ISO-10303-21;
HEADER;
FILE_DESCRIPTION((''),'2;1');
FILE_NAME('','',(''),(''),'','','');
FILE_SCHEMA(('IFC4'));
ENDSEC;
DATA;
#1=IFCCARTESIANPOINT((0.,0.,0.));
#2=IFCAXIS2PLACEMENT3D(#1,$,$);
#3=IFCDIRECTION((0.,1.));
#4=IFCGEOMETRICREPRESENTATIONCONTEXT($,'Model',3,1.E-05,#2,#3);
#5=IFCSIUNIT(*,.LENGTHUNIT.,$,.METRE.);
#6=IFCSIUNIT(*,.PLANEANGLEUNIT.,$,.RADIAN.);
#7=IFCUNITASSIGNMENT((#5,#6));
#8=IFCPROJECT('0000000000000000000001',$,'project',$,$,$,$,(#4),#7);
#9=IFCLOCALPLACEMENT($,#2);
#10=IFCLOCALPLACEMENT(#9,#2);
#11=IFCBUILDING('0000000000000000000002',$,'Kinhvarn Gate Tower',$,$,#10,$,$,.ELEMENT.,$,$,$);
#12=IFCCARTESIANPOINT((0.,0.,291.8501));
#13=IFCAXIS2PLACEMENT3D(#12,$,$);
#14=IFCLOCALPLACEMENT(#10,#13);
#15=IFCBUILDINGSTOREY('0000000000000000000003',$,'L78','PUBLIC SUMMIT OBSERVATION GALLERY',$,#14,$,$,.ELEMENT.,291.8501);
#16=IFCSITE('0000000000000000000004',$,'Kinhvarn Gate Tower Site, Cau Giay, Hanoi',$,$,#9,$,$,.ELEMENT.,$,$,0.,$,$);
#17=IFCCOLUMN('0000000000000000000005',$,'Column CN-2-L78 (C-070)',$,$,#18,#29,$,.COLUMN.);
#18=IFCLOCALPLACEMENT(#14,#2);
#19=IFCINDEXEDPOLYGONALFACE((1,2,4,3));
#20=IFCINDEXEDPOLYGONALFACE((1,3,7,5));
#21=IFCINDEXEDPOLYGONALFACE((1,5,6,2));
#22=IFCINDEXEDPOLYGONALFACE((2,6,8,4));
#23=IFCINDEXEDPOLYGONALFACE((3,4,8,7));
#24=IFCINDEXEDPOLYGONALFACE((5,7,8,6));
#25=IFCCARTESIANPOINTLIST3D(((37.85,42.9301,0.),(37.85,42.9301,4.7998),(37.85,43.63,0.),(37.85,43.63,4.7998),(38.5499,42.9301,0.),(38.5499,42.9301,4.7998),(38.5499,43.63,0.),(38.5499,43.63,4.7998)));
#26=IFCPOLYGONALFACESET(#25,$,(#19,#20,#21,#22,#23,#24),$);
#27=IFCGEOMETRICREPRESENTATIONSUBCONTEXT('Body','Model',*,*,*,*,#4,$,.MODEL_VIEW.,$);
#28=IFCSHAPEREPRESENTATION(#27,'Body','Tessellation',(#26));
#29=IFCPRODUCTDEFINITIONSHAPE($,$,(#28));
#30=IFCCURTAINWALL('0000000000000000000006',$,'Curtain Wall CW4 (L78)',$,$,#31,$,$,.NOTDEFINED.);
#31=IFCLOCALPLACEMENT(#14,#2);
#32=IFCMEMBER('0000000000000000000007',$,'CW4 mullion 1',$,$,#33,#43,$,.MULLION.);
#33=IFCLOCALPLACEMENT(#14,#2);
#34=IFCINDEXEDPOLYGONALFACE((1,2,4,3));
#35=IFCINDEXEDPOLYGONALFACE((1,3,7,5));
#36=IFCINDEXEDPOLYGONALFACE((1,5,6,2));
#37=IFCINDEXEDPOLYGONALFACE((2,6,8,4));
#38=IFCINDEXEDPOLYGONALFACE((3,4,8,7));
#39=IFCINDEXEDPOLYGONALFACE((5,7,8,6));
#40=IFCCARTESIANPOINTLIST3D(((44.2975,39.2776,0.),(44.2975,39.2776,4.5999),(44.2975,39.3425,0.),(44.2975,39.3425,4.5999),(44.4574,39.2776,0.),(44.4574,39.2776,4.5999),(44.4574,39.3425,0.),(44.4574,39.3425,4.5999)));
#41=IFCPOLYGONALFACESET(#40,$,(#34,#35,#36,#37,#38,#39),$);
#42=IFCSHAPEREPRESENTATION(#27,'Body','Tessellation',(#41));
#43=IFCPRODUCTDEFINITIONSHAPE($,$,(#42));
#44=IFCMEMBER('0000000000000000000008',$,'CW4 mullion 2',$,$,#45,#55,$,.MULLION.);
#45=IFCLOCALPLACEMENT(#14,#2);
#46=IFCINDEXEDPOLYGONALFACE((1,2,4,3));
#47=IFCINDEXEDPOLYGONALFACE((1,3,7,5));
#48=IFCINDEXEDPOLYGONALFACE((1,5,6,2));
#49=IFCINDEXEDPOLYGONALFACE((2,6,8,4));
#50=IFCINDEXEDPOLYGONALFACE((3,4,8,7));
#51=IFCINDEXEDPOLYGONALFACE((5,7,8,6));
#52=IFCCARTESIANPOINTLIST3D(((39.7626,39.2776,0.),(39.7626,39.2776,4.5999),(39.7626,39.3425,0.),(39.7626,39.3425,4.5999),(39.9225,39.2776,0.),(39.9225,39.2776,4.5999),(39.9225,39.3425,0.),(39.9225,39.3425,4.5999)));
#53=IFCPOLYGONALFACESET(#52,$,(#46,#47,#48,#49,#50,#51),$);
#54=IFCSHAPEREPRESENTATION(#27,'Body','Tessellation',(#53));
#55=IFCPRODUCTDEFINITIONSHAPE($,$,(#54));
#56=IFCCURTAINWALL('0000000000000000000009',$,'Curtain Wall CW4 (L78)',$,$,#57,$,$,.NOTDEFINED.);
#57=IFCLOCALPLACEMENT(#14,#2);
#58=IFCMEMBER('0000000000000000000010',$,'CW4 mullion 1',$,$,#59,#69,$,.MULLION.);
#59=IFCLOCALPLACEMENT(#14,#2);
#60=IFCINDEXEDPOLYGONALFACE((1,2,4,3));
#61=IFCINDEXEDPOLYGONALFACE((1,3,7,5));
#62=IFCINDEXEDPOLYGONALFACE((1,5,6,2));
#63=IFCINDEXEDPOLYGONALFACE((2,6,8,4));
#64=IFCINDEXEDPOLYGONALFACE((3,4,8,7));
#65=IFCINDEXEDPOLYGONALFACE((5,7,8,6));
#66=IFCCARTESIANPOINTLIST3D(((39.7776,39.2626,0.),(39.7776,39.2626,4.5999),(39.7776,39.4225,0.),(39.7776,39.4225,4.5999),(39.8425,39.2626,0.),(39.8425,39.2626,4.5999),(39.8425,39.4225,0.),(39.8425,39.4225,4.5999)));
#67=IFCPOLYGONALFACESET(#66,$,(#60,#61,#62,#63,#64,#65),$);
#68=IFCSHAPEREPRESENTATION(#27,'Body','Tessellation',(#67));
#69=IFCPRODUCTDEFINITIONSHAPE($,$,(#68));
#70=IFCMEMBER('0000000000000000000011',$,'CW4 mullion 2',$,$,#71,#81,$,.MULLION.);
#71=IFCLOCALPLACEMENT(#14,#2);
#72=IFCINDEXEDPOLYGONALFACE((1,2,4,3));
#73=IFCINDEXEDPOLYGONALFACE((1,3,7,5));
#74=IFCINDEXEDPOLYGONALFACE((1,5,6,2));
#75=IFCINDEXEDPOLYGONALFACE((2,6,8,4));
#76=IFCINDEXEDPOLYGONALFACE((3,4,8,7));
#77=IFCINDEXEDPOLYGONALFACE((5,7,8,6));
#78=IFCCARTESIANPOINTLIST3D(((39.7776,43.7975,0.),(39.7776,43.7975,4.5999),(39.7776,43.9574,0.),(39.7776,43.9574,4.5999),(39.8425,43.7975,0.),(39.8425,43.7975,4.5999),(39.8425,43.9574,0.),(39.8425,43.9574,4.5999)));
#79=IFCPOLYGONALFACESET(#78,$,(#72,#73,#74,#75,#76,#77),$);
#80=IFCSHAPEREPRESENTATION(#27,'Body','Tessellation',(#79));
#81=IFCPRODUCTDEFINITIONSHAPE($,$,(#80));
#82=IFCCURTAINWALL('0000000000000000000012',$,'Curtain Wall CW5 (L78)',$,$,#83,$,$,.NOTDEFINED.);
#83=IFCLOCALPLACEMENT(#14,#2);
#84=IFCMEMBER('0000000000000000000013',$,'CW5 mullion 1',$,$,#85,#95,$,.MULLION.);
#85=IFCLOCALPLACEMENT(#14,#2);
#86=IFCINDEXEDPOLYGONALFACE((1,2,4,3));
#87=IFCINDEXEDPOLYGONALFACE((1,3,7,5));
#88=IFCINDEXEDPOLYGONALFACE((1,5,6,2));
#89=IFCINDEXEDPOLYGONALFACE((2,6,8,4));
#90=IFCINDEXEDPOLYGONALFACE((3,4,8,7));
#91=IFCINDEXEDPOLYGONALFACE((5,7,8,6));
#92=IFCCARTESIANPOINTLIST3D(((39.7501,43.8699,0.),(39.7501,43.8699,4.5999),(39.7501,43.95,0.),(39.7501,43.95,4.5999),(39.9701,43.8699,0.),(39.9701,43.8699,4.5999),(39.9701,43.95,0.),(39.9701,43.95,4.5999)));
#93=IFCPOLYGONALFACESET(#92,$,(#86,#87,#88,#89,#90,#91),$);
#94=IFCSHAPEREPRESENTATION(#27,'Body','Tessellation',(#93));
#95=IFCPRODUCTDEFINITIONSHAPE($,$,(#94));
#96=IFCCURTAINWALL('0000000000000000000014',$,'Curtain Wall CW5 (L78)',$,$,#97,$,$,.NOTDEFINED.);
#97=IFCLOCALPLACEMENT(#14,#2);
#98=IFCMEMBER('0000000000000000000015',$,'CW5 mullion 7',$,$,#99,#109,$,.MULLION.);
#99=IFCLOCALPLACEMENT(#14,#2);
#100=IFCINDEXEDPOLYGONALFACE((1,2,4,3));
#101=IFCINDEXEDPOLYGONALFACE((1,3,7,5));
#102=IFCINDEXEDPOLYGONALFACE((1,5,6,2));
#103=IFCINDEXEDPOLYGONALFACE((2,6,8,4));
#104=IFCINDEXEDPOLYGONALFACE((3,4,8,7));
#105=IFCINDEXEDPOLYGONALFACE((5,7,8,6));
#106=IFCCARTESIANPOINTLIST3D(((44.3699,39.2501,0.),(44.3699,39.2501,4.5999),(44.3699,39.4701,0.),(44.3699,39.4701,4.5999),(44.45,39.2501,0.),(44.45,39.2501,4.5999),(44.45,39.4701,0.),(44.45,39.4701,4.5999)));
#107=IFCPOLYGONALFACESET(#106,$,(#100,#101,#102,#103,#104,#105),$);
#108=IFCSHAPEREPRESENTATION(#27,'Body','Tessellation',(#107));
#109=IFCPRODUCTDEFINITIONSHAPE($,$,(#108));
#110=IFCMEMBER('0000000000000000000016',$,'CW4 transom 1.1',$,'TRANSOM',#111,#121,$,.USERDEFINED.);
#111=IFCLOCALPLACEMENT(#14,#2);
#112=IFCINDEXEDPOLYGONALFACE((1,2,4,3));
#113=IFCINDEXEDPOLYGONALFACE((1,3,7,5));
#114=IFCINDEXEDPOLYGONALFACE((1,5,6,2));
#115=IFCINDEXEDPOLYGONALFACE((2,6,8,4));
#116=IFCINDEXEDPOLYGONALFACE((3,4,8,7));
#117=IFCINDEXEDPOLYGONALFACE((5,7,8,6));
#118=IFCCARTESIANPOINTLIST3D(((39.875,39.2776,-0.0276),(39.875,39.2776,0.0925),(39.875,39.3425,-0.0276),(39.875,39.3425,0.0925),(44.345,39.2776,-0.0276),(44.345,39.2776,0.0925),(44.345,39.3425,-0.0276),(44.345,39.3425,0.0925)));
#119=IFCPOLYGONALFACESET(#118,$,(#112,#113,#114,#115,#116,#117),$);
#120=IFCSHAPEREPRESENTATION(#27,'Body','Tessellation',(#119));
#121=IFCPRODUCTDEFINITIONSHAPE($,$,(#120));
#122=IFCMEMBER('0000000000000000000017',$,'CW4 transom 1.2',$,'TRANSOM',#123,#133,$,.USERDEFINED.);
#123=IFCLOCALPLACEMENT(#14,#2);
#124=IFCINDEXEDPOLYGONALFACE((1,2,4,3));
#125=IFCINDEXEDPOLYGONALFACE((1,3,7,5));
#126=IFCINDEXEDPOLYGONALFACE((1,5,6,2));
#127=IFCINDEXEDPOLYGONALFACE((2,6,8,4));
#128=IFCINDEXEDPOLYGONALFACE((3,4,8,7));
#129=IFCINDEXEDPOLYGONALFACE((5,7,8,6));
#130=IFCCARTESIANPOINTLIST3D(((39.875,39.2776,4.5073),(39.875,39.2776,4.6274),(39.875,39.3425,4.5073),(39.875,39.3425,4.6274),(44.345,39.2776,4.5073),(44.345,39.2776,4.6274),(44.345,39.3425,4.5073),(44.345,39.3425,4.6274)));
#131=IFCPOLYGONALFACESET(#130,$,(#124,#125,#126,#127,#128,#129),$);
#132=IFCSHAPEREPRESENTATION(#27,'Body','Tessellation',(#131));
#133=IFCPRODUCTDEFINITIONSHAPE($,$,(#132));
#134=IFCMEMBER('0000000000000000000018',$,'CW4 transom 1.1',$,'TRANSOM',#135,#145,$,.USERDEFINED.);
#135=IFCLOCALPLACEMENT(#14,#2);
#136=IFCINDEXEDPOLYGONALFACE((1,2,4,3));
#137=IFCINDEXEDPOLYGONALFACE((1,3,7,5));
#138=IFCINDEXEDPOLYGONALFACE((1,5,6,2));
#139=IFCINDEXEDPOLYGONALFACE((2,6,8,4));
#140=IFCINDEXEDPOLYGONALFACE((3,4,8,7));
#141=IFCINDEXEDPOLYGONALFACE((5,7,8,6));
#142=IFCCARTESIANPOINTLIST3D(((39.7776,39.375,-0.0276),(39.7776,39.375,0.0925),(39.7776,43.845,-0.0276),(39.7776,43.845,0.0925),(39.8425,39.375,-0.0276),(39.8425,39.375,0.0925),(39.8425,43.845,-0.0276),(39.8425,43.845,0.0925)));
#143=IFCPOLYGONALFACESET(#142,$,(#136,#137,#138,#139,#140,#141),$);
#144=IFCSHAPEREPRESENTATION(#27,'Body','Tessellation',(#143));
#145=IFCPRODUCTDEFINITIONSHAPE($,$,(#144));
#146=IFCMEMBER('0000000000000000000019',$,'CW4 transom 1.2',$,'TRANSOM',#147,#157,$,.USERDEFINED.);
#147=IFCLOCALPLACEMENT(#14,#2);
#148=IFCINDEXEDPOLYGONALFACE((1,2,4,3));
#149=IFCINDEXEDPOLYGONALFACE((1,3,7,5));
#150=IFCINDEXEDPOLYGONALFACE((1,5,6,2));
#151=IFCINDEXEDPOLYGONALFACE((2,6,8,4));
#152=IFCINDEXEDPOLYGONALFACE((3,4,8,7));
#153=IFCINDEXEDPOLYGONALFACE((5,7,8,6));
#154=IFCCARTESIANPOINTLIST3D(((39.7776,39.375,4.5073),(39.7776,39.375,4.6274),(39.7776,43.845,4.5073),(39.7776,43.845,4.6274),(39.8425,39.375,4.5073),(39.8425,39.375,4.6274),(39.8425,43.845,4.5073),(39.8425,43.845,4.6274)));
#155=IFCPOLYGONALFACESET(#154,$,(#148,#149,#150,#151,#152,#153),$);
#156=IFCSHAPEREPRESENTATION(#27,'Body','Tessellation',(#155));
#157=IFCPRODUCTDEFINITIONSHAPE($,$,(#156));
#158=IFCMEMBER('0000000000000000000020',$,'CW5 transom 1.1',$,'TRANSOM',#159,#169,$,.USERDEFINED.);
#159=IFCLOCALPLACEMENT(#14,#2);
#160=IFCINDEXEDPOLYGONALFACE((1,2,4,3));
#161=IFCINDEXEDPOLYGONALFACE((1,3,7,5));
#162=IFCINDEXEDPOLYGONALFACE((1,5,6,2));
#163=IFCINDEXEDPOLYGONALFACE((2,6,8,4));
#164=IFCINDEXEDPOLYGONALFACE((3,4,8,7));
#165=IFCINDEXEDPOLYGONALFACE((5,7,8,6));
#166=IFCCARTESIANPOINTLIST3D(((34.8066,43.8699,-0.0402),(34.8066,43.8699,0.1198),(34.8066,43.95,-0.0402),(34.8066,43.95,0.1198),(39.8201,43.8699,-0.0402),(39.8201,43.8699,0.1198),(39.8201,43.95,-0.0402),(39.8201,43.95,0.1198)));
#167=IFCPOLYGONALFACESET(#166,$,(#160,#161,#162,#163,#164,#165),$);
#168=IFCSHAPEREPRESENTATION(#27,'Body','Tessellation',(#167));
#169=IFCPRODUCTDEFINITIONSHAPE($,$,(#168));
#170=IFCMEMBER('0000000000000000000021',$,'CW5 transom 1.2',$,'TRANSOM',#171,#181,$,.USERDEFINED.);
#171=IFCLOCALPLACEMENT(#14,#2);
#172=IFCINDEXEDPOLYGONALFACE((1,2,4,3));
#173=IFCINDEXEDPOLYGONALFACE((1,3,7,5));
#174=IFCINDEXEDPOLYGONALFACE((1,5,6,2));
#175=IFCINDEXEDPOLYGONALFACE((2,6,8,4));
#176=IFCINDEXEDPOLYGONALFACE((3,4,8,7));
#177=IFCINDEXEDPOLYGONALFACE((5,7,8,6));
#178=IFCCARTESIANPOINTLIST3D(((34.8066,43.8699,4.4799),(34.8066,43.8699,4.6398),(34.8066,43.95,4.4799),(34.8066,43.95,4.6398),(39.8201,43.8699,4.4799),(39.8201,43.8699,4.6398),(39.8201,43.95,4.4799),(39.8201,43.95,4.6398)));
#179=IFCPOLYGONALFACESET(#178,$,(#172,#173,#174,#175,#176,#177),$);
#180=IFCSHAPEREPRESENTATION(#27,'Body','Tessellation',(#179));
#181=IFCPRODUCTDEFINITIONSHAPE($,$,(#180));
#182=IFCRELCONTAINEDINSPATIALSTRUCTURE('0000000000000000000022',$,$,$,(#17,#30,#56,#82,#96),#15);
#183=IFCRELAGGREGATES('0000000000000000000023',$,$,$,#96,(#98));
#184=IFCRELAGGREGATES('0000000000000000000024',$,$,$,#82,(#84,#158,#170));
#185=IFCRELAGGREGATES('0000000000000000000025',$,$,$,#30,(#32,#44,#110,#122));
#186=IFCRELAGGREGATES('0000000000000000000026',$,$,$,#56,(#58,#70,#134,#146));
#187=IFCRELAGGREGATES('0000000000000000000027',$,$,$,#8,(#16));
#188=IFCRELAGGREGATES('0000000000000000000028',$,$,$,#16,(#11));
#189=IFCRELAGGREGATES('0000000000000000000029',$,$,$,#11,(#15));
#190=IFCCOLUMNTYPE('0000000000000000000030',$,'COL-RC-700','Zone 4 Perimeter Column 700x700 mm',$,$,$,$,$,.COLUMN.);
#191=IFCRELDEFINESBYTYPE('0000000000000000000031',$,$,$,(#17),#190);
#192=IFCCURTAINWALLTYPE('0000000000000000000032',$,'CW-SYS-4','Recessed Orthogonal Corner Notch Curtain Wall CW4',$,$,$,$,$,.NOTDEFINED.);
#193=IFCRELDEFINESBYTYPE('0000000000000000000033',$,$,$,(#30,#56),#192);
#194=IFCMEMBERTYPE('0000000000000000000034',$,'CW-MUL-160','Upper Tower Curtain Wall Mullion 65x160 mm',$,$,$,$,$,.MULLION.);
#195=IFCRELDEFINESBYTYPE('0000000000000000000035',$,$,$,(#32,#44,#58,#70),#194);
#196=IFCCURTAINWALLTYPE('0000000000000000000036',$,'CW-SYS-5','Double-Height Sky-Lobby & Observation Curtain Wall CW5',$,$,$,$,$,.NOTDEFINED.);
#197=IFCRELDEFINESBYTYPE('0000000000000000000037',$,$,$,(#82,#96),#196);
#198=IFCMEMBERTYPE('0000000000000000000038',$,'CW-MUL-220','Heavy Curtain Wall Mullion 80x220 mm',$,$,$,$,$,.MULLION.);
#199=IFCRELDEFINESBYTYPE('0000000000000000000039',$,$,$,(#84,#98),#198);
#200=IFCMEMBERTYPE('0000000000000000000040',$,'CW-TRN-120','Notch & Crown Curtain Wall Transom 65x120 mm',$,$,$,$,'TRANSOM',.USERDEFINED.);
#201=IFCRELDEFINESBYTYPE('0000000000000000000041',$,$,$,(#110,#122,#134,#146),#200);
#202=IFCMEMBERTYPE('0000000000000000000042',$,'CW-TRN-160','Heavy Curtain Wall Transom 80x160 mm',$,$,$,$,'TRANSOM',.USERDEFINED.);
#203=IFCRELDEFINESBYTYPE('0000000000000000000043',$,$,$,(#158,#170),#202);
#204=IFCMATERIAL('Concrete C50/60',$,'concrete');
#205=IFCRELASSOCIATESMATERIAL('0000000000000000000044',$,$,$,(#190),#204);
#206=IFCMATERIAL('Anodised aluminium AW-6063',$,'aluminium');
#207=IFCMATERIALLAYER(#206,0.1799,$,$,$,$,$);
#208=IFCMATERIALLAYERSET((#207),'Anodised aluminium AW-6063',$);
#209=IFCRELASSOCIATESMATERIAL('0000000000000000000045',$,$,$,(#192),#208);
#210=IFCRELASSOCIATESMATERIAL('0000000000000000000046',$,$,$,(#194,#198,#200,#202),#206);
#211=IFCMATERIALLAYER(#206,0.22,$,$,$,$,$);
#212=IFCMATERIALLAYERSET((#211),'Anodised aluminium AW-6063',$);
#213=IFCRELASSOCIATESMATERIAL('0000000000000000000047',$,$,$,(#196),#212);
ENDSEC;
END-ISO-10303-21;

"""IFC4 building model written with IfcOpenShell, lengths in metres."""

from ifc_helpers import new_model, si_unit, direction, frame, origin, origin_2d, place, context, subcontext, project, spatial, rectangle, extrude, material, layer, layer_set, material_profile, profile_set, type_object, element, aggregate, save


model = new_model("IFC4")

# Units and contexts
model_context = context("Model", 3, precision=1e-05, world=origin(), true_north=direction((0.0, 1.0)))
body_context = subcontext(model_context, "Body", "Model", "MODEL_VIEW")
ifc_project = project(units=[si_unit("LENGTHUNIT", "METRE"), si_unit("PLANEANGLEUNIT", "RADIAN")], contexts=[model_context])

# Site, building, storey
site_placement = place(None, origin())
site = spatial("IfcSite", under=ifc_project, at=site_placement, Name="Kinhvarn Gate Tower Site, Cau Giay, Hanoi", CompositionType="ELEMENT", RefElevation=0.0)
building_placement = place(site_placement, origin())
building = spatial("IfcBuilding", under=site, at=building_placement, Name="Kinhvarn Gate Tower", CompositionType="ELEMENT")
storey_placement = place(building_placement, frame((0.0, 0.0, 291.8501)))
storey = spatial("IfcBuildingStorey", under=building, at=storey_placement, Name="L78", Description="PUBLIC SUMMIT OBSERVATION GALLERY", CompositionType="ELEMENT", Elevation=291.8501)

# Column
ifc_material_1 = material(Name="Concrete C50/60", Category="concrete")
ifc_material_profile_1 = material_profile(ifc_material_1, rectangle(XDim=0.7, YDim=0.7, at=origin_2d()), Name="RC 700x700")
ifc_profile_set_1 = profile_set([ifc_material_profile_1], Name="Concrete C50/60")
column_type = type_object("IfcColumnType", Name="COL-RC-700", Description="Zone 4 Perimeter Column 700x700 mm", PredefinedType="COLUMN", material=ifc_profile_set_1)
column_placement = place(storey_placement, frame((38.2, 43.28, 0.0), z_axis=(0.0, 0.0, 1.0), x_axis=(1.0, 0.0, 0.0)))
element("IfcColumn", 1, at=column_placement, inside=storey, type_object=column_type, Name="Column CN-2-L78 (C-070)", PredefinedType="COLUMN", context=body_context, shape_type="SweptSolid", body=[
    extrude(rectangle(XDim=0.7, YDim=0.7, at=origin_2d()), origin(), (0.0, 0.0, 1.0), 4.7998),
])

# Curtain walls, members
ifc_material_2 = material(Name="Anodised aluminium AW-6063", Category="aluminium")
ifc_layer_1 = layer(ifc_material_2, 0.1799)
ifc_layer_set_1 = layer_set([ifc_layer_1], Name="Anodised aluminium AW-6063")
curtain_wall_type_1 = type_object("IfcCurtainWallType", Name="CW-SYS-4", Description="Recessed Orthogonal Corner Notch Curtain Wall CW4", PredefinedType="NOTDEFINED", material=ifc_layer_set_1)
curtain_wall_1_placement = place(storey_placement, origin())
curtain_wall_1 = element("IfcCurtainWall", 2, at=curtain_wall_1_placement, inside=storey, type_object=curtain_wall_type_1, Name="Curtain Wall CW4 (L78)", PredefinedType="NOTDEFINED")
ifc_material_profile_2 = material_profile(ifc_material_2, rectangle(XDim=0.0649, YDim=0.1599, at=origin_2d()), Name="ALU 65x160")
ifc_profile_set_2 = profile_set([ifc_material_profile_2], Name="Anodised aluminium AW-6063")
member_type_1 = type_object("IfcMemberType", Name="CW-MUL-160", Description="Upper Tower Curtain Wall Mullion 65x160 mm", PredefinedType="MULLION", material=ifc_profile_set_2)
member_1_placement = place(storey_placement, frame((44.3774, 39.3101, 0.0), z_axis=(0.0, 0.0, 1.0), x_axis=(0.0, -1.0, 0.0)))
member_1 = element("IfcMember", 3, at=member_1_placement, type_object=member_type_1, Name="CW4 mullion 1", PredefinedType="MULLION", context=body_context, shape_type="SweptSolid", body=[
    extrude(rectangle(XDim=0.0649, YDim=0.1599, at=origin_2d()), origin(), (0.0, 0.0, 1.0), 4.5999),
])
member_2_placement = place(storey_placement, frame((39.8425, 39.3101, 0.0), z_axis=(0.0, 0.0, 1.0), x_axis=(0.0, -1.0, 0.0)))
member_2 = element("IfcMember", 4, at=member_2_placement, type_object=member_type_1, Name="CW4 mullion 2", PredefinedType="MULLION", context=body_context, shape_type="SweptSolid", body=[
    extrude(rectangle(XDim=0.0649, YDim=0.1599, at=origin_2d()), origin(), (0.0, 0.0, 1.0), 4.5999),
])
curtain_wall_2_placement = place(storey_placement, origin())
curtain_wall_2 = element("IfcCurtainWall", 5, at=curtain_wall_2_placement, inside=storey, type_object=curtain_wall_type_1, Name="Curtain Wall CW4 (L78)", PredefinedType="NOTDEFINED")
member_3_placement = place(storey_placement, frame((39.8101, 39.3425, 0.0), z_axis=(0.0, 0.0, 1.0), x_axis=(-1.0, 0.0, 0.0)))
member_3 = element("IfcMember", 6, at=member_3_placement, type_object=member_type_1, Name="CW4 mullion 1", PredefinedType="MULLION", context=body_context, shape_type="SweptSolid", body=[
    extrude(rectangle(XDim=0.0649, YDim=0.1599, at=origin_2d()), origin(), (0.0, 0.0, 1.0), 4.5999),
])
member_4_placement = place(storey_placement, frame((39.8101, 43.8774, 0.0), z_axis=(0.0, 0.0, 1.0), x_axis=(-1.0, 0.0, 0.0)))
member_4 = element("IfcMember", 7, at=member_4_placement, type_object=member_type_1, Name="CW4 mullion 2", PredefinedType="MULLION", context=body_context, shape_type="SweptSolid", body=[
    extrude(rectangle(XDim=0.0649, YDim=0.1599, at=origin_2d()), origin(), (0.0, 0.0, 1.0), 4.5999),
])

# Curtain walls, members
ifc_layer_2 = layer(ifc_material_2, 0.22)
ifc_layer_set_2 = layer_set([ifc_layer_2], Name="Anodised aluminium AW-6063")
curtain_wall_type_2 = type_object("IfcCurtainWallType", Name="CW-SYS-5", Description="Double-Height Sky-Lobby & Observation Curtain Wall CW5", PredefinedType="NOTDEFINED", material=ifc_layer_set_2)
curtain_wall_3_placement = place(storey_placement, origin())
curtain_wall_3 = element("IfcCurtainWall", 8, at=curtain_wall_3_placement, inside=storey, type_object=curtain_wall_type_2, Name="Curtain Wall CW5 (L78)", PredefinedType="NOTDEFINED")
ifc_material_profile_3 = material_profile(ifc_material_2, rectangle(XDim=0.0801, YDim=0.22, at=origin_2d()), Name="ALU 80x220")
ifc_profile_set_3 = profile_set([ifc_material_profile_3], Name="Anodised aluminium AW-6063")
member_type_2 = type_object("IfcMemberType", Name="CW-MUL-220", Description="Heavy Curtain Wall Mullion 80x220 mm", PredefinedType="MULLION", material=ifc_profile_set_3)
member_5_placement = place(storey_placement, frame((39.8601, 43.9099, 0.0), z_axis=(0.0, 0.0, 1.0), x_axis=(0.0, -1.0, 0.0)))
member_5 = element("IfcMember", 9, at=member_5_placement, type_object=member_type_2, Name="CW5 mullion 1", PredefinedType="MULLION", context=body_context, shape_type="SweptSolid", body=[
    extrude(rectangle(XDim=0.0801, YDim=0.22, at=origin_2d()), origin(), (0.0, 0.0, 1.0), 4.5999),
])
curtain_wall_4_placement = place(storey_placement, origin())
curtain_wall_4 = element("IfcCurtainWall", 10, at=curtain_wall_4_placement, inside=storey, type_object=curtain_wall_type_2, Name="Curtain Wall CW5 (L78)", PredefinedType="NOTDEFINED")
member_6_placement = place(storey_placement, frame((44.4099, 39.3601, 0.0), z_axis=(0.0, 0.0, 1.0), x_axis=(-1.0, 0.0, 0.0)))
member_6 = element("IfcMember", 11, at=member_6_placement, type_object=member_type_2, Name="CW5 mullion 7", PredefinedType="MULLION", context=body_context, shape_type="SweptSolid", body=[
    extrude(rectangle(XDim=0.0801, YDim=0.22, at=origin_2d()), origin(), (0.0, 0.0, 1.0), 4.5999),
])
aggregate(curtain_wall_4, [member_6])

# Members
ifc_material_profile_4 = material_profile(ifc_material_2, rectangle(XDim=0.0649, YDim=0.1201, at=origin_2d()), Name="ALU 65x120")
ifc_profile_set_4 = profile_set([ifc_material_profile_4], Name="Anodised aluminium AW-6063")
member_type_3 = type_object("IfcMemberType", Name="CW-TRN-120", Description="Notch & Crown Curtain Wall Transom 65x120 mm", ElementType="TRANSOM", PredefinedType="USERDEFINED", material=ifc_profile_set_4)
member_7_placement = place(storey_placement, frame((44.345, 39.3101, 0.0325), z_axis=(-1.0, 0.0, 0.0), x_axis=(0.0, -1.0, 0.0)))
member_7 = element("IfcMember", 12, at=member_7_placement, type_object=member_type_3, Name="CW4 transom 1.1", ObjectType="TRANSOM", PredefinedType="USERDEFINED", context=body_context, shape_type="SweptSolid", body=[
    extrude(rectangle(XDim=0.0649, YDim=0.1201, at=origin_2d()), origin(), (0.0, 0.0, 1.0), 4.47),
])
member_8_placement = place(storey_placement, frame((44.345, 39.3101, 4.5674), z_axis=(-1.0, 0.0, 0.0), x_axis=(0.0, -1.0, 0.0)))
member_8 = element("IfcMember", 13, at=member_8_placement, type_object=member_type_3, Name="CW4 transom 1.2", ObjectType="TRANSOM", PredefinedType="USERDEFINED", context=body_context, shape_type="SweptSolid", body=[
    extrude(rectangle(XDim=0.0649, YDim=0.1201, at=origin_2d()), origin(), (0.0, 0.0, 1.0), 4.47),
])
member_9_placement = place(storey_placement, frame((39.8101, 39.375, 0.0325), z_axis=(0.0, 1.0, 0.0), x_axis=(-1.0, 0.0, 0.0)))
member_9 = element("IfcMember", 14, at=member_9_placement, type_object=member_type_3, Name="CW4 transom 1.1", ObjectType="TRANSOM", PredefinedType="USERDEFINED", context=body_context, shape_type="SweptSolid", body=[
    extrude(rectangle(XDim=0.0649, YDim=0.1201, at=origin_2d()), origin(), (0.0, 0.0, 1.0), 4.47),
])
member_10_placement = place(storey_placement, frame((39.8101, 39.375, 4.5674), z_axis=(0.0, 1.0, 0.0), x_axis=(-1.0, 0.0, 0.0)))
member_10 = element("IfcMember", 15, at=member_10_placement, type_object=member_type_3, Name="CW4 transom 1.2", ObjectType="TRANSOM", PredefinedType="USERDEFINED", context=body_context, shape_type="SweptSolid", body=[
    extrude(rectangle(XDim=0.0649, YDim=0.1201, at=origin_2d()), origin(), (0.0, 0.0, 1.0), 4.47),
])
ifc_material_profile_5 = material_profile(ifc_material_2, rectangle(XDim=0.0801, YDim=0.1599, at=origin_2d()), Name="ALU 80x160")
ifc_profile_set_5 = profile_set([ifc_material_profile_5], Name="Anodised aluminium AW-6063")
member_type_4 = type_object("IfcMemberType", Name="CW-TRN-160", Description="Heavy Curtain Wall Transom 80x160 mm", ElementType="TRANSOM", PredefinedType="USERDEFINED", material=ifc_profile_set_5)
member_11_placement = place(storey_placement, frame((39.8201, 43.9099, 0.0398), z_axis=(-1.0, 0.0, 0.0), x_axis=(0.0, -1.0, 0.0)))
member_11 = element("IfcMember", 16, at=member_11_placement, type_object=member_type_4, Name="CW5 transom 1.1", ObjectType="TRANSOM", PredefinedType="USERDEFINED", context=body_context, shape_type="SweptSolid", body=[
    extrude(rectangle(XDim=0.0801, YDim=0.1599, at=origin_2d()), origin(), (0.0, 0.0, 1.0), 5.0134),
])
member_12_placement = place(storey_placement, frame((39.8201, 43.9099, 4.5598), z_axis=(-1.0, 0.0, 0.0), x_axis=(0.0, -1.0, 0.0)))
member_12 = element("IfcMember", 17, at=member_12_placement, type_object=member_type_4, Name="CW5 transom 1.2", ObjectType="TRANSOM", PredefinedType="USERDEFINED", context=body_context, shape_type="SweptSolid", body=[
    extrude(rectangle(XDim=0.0801, YDim=0.1599, at=origin_2d()), origin(), (0.0, 0.0, 1.0), 5.0134),
])

aggregate(curtain_wall_3, [member_5, member_11, member_12])
aggregate(curtain_wall_1, [member_1, member_2, member_7, member_8])
aggregate(curtain_wall_2, [member_3, member_4, member_9, member_10])

save(model, "model.ifc")
